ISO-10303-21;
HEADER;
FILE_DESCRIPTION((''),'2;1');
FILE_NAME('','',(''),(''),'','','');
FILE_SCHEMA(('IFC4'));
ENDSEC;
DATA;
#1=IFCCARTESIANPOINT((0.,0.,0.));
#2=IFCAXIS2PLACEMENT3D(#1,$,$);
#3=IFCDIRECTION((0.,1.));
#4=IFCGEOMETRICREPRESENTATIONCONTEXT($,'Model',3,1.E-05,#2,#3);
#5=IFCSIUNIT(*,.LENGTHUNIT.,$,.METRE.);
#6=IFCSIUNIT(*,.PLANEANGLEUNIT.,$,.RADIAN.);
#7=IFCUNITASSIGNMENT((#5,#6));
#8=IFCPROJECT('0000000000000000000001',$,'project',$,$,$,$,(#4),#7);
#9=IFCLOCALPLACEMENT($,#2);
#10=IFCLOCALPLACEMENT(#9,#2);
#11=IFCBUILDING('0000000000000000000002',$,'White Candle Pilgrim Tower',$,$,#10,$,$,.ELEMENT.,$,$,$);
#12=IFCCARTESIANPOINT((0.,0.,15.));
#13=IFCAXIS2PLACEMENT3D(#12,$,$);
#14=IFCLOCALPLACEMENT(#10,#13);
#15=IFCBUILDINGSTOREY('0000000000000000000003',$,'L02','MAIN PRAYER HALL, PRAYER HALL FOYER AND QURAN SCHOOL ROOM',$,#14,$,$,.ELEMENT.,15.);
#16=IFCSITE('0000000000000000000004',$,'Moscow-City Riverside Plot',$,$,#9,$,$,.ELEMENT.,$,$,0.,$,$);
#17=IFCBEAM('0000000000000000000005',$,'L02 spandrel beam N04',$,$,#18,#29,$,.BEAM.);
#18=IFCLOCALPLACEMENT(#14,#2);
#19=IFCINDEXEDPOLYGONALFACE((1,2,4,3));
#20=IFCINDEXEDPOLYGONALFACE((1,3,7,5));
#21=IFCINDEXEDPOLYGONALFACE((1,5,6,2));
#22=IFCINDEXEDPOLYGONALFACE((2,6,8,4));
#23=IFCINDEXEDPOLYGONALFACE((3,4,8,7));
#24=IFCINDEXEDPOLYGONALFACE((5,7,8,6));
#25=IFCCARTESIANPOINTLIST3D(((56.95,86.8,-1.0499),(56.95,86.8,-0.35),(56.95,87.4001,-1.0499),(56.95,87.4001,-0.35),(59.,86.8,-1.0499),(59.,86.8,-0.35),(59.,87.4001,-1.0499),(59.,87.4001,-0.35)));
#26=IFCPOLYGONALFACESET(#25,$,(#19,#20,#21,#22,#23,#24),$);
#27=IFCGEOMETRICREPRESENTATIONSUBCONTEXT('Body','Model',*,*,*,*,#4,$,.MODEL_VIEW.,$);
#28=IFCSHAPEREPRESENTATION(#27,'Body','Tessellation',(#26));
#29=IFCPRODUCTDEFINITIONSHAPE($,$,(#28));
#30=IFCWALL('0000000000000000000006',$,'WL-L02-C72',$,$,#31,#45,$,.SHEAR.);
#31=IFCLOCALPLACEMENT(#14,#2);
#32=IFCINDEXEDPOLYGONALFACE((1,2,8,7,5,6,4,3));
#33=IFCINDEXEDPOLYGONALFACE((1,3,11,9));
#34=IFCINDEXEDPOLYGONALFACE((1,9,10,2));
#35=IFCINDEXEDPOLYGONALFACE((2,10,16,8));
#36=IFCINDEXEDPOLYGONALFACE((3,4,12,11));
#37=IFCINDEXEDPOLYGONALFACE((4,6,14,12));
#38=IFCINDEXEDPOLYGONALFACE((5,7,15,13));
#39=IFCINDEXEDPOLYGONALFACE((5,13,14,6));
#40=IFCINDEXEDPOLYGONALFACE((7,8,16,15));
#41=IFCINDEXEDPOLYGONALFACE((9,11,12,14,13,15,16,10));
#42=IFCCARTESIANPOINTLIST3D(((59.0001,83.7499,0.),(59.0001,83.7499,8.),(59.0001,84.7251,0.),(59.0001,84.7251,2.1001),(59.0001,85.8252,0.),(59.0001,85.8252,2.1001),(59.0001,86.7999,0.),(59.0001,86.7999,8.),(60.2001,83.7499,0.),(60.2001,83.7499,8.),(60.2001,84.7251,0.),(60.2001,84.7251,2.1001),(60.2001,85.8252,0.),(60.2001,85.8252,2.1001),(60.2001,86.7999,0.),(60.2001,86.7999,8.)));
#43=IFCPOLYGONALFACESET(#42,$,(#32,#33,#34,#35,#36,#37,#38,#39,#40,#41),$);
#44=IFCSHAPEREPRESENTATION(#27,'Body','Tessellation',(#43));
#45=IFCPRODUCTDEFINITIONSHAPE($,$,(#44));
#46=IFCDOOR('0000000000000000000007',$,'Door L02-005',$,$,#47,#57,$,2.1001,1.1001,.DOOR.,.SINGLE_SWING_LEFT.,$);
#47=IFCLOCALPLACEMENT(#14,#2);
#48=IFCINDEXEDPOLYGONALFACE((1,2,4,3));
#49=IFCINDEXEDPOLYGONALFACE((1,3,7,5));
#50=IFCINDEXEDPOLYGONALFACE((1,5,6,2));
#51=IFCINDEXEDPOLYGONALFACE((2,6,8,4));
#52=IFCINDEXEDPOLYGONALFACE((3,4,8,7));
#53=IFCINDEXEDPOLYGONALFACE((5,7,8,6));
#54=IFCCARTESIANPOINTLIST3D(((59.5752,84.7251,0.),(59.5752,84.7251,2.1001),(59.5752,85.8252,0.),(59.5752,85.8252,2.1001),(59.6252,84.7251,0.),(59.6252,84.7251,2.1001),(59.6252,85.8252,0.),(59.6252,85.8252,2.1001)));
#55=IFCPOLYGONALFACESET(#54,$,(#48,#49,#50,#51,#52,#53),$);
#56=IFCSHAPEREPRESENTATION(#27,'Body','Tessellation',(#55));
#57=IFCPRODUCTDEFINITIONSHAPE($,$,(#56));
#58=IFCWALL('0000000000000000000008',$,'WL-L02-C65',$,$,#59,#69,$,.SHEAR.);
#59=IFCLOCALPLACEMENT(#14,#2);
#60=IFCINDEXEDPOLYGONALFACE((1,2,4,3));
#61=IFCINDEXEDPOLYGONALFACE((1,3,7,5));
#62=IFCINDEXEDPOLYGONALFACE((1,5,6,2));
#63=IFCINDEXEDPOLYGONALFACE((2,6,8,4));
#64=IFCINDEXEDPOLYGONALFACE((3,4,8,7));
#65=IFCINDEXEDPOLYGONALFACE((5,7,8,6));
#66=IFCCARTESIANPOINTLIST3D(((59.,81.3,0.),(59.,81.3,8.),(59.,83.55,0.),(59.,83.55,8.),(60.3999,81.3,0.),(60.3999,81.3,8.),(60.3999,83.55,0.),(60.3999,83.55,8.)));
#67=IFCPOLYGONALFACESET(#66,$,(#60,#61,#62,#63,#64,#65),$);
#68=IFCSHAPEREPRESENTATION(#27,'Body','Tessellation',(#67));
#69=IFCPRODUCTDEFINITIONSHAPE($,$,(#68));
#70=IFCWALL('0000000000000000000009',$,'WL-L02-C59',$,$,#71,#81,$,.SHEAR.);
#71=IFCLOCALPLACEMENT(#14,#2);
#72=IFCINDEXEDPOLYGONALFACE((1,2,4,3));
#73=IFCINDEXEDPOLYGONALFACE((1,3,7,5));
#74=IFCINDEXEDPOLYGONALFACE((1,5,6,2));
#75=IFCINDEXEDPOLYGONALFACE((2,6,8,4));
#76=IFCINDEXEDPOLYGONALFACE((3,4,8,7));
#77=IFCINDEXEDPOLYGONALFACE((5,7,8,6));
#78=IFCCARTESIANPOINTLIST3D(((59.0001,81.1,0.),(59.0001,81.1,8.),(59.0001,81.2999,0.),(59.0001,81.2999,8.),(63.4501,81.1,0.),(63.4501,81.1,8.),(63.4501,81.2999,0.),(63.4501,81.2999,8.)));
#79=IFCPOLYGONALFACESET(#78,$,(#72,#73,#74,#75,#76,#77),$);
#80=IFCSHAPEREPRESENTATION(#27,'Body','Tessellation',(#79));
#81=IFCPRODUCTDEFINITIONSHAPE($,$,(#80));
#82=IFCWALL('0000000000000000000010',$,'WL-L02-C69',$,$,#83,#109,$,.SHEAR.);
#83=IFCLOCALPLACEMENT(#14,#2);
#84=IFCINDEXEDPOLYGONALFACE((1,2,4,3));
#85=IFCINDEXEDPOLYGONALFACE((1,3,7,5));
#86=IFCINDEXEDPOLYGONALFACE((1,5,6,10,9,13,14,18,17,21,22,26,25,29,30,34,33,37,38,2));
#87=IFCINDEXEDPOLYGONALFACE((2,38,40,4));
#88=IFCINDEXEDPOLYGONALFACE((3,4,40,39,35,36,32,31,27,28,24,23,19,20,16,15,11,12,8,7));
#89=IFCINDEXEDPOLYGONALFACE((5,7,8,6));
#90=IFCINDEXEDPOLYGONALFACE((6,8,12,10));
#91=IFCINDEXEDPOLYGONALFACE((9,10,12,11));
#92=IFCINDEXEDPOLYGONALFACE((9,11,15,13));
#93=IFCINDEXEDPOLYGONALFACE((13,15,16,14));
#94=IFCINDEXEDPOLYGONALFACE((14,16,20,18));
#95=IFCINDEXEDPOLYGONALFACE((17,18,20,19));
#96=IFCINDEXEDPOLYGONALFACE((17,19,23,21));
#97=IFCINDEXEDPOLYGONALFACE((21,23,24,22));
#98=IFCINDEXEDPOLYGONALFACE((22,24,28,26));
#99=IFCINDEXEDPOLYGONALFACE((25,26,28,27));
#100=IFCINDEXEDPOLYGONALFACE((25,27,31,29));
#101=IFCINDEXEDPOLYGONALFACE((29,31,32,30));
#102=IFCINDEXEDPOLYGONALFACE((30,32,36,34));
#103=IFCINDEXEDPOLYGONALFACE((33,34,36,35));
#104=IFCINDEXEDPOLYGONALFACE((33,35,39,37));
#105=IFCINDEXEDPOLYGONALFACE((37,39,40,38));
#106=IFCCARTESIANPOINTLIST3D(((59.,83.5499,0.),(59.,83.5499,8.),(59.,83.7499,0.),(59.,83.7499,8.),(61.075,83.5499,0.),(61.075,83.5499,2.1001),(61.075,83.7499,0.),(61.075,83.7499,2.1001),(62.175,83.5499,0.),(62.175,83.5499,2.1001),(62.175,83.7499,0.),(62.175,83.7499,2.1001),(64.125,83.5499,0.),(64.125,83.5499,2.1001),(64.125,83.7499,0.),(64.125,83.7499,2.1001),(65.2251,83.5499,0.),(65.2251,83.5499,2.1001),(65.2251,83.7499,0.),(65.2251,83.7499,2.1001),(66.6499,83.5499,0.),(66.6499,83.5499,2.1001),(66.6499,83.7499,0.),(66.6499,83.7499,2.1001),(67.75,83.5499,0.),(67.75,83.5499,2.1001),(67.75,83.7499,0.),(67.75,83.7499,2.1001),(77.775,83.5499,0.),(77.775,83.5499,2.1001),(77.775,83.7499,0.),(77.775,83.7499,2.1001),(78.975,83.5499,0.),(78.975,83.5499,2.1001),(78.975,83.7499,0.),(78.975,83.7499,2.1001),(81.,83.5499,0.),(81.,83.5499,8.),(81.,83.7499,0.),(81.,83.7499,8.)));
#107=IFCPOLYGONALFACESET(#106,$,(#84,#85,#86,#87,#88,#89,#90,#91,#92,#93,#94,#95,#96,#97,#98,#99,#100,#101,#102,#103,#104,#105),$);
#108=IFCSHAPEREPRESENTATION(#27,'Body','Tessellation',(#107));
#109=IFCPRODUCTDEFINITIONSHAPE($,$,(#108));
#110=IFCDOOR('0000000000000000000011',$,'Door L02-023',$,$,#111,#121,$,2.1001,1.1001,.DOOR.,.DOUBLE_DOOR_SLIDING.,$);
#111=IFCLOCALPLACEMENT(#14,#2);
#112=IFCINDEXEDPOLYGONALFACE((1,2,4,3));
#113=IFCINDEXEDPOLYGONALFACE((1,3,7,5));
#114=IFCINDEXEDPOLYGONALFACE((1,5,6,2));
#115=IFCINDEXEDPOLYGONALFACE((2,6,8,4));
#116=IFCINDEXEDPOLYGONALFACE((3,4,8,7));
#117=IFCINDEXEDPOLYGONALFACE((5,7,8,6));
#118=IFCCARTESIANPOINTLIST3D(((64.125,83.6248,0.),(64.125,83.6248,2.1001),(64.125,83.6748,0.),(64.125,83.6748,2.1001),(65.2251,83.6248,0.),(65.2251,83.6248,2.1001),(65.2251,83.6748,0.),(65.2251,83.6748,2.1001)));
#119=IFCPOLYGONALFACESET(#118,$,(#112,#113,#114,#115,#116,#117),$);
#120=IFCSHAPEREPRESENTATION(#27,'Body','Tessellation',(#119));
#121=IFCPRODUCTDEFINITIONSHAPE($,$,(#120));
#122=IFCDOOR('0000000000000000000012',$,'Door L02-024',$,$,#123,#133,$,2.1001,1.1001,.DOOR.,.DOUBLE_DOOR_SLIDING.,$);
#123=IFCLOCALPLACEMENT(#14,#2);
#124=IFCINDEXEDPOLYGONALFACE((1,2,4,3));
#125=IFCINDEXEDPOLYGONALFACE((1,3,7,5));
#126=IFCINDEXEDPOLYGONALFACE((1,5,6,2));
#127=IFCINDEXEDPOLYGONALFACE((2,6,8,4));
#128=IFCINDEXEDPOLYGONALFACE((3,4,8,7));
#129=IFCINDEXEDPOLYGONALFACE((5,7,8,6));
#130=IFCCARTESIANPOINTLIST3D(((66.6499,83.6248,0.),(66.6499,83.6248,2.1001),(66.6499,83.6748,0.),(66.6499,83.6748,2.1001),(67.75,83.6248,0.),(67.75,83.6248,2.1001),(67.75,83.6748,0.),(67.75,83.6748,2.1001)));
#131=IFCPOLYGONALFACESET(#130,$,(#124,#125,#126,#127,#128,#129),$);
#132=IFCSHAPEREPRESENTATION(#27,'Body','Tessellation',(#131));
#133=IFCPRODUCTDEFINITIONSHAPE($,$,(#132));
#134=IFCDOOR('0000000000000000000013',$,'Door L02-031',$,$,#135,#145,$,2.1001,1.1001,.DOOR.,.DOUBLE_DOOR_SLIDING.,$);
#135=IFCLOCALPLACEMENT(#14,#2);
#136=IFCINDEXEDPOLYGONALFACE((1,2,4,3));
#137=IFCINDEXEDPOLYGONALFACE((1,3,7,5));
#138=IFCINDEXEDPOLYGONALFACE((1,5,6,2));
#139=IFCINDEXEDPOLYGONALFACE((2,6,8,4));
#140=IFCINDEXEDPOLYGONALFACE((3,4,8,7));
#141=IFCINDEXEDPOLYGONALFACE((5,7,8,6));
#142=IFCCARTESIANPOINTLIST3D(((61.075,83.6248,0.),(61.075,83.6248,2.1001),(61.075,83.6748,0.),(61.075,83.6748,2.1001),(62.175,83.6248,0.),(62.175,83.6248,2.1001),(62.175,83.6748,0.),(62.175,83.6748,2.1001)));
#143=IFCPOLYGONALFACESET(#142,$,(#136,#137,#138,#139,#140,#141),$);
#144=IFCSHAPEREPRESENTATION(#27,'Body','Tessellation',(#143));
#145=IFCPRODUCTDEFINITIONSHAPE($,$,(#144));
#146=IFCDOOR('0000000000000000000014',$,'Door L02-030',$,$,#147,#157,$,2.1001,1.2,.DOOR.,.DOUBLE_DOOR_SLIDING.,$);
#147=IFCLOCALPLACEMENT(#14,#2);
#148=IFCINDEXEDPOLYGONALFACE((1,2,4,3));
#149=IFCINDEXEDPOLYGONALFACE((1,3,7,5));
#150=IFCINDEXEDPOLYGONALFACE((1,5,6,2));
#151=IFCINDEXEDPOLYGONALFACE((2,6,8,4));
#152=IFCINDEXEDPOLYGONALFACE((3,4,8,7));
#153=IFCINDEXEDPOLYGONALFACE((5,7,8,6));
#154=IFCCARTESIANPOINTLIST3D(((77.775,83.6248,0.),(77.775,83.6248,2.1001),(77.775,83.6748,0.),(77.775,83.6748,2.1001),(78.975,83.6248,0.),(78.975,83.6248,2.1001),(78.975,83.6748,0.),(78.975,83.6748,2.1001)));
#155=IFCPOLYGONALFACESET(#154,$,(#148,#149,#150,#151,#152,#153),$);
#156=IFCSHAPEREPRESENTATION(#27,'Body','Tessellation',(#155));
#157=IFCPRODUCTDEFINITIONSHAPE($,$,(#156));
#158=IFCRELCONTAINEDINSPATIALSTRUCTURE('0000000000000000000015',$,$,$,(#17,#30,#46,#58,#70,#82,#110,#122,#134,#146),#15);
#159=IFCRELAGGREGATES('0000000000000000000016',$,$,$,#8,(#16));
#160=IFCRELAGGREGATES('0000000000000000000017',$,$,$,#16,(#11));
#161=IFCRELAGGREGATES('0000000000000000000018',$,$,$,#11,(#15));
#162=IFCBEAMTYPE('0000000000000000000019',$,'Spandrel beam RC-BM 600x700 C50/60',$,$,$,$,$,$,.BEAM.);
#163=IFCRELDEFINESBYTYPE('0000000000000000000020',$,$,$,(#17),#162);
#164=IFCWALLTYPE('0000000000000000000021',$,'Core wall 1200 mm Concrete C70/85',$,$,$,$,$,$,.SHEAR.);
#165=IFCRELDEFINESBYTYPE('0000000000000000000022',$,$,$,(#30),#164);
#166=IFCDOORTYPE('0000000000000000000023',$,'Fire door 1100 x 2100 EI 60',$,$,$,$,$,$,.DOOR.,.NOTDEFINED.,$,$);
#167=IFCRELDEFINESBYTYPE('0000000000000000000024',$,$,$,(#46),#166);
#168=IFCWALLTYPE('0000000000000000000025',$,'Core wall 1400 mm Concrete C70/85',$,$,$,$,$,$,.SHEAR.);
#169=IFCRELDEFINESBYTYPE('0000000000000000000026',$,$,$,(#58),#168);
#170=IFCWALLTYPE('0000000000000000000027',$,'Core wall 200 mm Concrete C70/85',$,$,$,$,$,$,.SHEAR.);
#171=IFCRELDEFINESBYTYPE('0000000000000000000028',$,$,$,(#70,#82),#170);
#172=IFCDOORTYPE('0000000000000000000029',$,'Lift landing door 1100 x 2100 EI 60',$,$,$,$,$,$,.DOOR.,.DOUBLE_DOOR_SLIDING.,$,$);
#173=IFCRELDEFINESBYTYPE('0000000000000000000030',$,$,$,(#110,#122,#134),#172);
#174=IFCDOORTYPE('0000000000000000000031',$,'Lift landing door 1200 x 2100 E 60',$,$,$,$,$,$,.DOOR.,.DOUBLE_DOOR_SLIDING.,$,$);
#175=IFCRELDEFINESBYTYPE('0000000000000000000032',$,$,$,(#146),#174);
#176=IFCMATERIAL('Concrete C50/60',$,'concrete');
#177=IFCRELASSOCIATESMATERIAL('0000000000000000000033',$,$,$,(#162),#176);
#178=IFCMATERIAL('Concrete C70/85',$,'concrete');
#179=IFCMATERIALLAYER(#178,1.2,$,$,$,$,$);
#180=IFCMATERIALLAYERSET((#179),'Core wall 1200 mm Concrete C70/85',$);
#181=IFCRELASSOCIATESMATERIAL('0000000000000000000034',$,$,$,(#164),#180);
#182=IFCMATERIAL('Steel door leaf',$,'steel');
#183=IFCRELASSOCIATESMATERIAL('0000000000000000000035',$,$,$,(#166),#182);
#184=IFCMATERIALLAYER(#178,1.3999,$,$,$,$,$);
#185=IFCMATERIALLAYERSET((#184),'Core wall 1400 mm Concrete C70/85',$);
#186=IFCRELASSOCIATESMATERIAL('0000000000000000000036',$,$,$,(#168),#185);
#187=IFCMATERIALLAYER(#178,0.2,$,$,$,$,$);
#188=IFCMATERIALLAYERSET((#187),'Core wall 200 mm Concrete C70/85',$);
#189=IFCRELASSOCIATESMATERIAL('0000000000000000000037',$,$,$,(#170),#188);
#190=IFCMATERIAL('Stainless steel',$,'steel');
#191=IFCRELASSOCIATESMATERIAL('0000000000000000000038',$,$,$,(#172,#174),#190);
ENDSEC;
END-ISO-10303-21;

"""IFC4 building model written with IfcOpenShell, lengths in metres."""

from ifc_helpers import new_model, si_unit, direction, frame, frame_2d, origin, origin_2d, place, context, subcontext, project, spatial, rectangle, extrude, material, layer, layer_set, material_profile, profile_set, type_object, element, fill, save


model = new_model("IFC4")

# Units and contexts
model_context = context("Model", 3, precision=1e-05, world=origin(), true_north=direction((0.0, 1.0)))
body_context = subcontext(model_context, "Body", "Model", "MODEL_VIEW")
ifc_project = project(units=[si_unit("LENGTHUNIT", "METRE"), si_unit("PLANEANGLEUNIT", "RADIAN")], contexts=[model_context])

# Site, building, storey
site_placement = place(None, origin())
site = spatial("IfcSite", under=ifc_project, at=site_placement, Name="Moscow-City Riverside Plot", CompositionType="ELEMENT", RefElevation=0.0)
building_placement = place(site_placement, origin())
building = spatial("IfcBuilding", under=site, at=building_placement, Name="White Candle Pilgrim Tower", CompositionType="ELEMENT")
storey_placement = place(building_placement, frame((0.0, 0.0, 15.0)))
storey = spatial("IfcBuildingStorey", under=building, at=storey_placement, Name="L02", Description="MAIN PRAYER HALL, PRAYER HALL FOYER AND QURAN SCHOOL ROOM", CompositionType="ELEMENT", Elevation=15.0)

# Beam
ifc_material_1 = material(Name="Concrete C50/60", Category="concrete")
ifc_material_profile = material_profile(ifc_material_1, rectangle(XDim=0.6001, YDim=0.7, at=origin_2d()), Name="RC-BM 600x700")
ifc_profile_set = profile_set([ifc_material_profile], Name="Concrete C50/60")
beam_type = type_object("IfcBeamType", Name="Spandrel beam RC-BM 600x700 C50/60", PredefinedType="BEAM", material=ifc_profile_set)
beam_placement = place(storey_placement, frame((56.95, 87.1001, -0.7), z_axis=(1.0, 0.0, 0.0), x_axis=(0.0, 1.0, 0.0)))
element("IfcBeam", 1, at=beam_placement, inside=storey, type_object=beam_type, Name="L02 spandrel beam N04", PredefinedType="BEAM", context=body_context, shape_type="SweptSolid", body=[
    extrude(rectangle(XDim=0.6001, YDim=0.7, at=origin_2d()), origin(), (0.0, 0.0, 1.0), 2.05),
])

# Wall, opening, door
ifc_material_2 = material(Name="Concrete C70/85", Category="concrete")
ifc_layer_1 = layer(ifc_material_2, 1.2)
ifc_layer_set_1 = layer_set([ifc_layer_1], Name="Core wall 1200 mm Concrete C70/85")
wall_type_1 = type_object("IfcWallType", Name="Core wall 1200 mm Concrete C70/85", PredefinedType="SHEAR", material=ifc_layer_set_1)
wall_1_placement = place(storey_placement, frame((59.6001, 83.75, 0.0), z_axis=(0.0, 0.0, 1.0), x_axis=(0.0, 1.0, 0.0)))
wall_1 = element("IfcWall", 2, at=wall_1_placement, inside=storey, type_object=wall_type_1, Name="WL-L02-C72", PredefinedType="SHEAR", context=body_context, shape_type="SweptSolid", body=[
    extrude(rectangle(XDim=3.05, YDim=1.2, at=frame_2d((1.5249, 0.0))), origin(), (0.0, 0.0, 1.0), 8.0),
])
opening_1_placement = place(wall_1_placement, frame((0.9751, 0.0, 0.0)))
opening_1 = element("IfcOpeningElement", 3, at=opening_1_placement, cuts=wall_1, PredefinedType="OPENING", context=body_context, shape_type="SweptSolid", body=[
    extrude(rectangle(XDim=1.1001, YDim=2.1001, at=frame_2d((0.55, 1.05))), frame((0.0, 0.6099, 0.0), z_axis=(0.0, -1.0, 0.0), x_axis=(1.0, 0.0, 0.0)), (0.0, 0.0, 1.0), 1.22),
])
ifc_material_3 = material(Name="Steel door leaf", Category="steel")
door_type_1 = type_object("IfcDoorType", Name="Fire door 1100 x 2100 EI 60", OperationType="NOTDEFINED", PredefinedType="DOOR", material=ifc_material_3)
door_1_placement = place(opening_1_placement, origin())
door_1 = element("IfcDoor", 4, at=door_1_placement, inside=storey, type_object=door_type_1, Name="Door L02-005", OperationType="SINGLE_SWING_LEFT", OverallHeight=2.1001, OverallWidth=1.1001, PredefinedType="DOOR", context=body_context, shape_type="SweptSolid", body=[
    extrude(rectangle(XDim=1.1001, YDim=2.1001, at=frame_2d((0.55, 1.05))), frame((0.0, 0.0249, 0.0), z_axis=(0.0, -1.0, 0.0), x_axis=(1.0, 0.0, 0.0)), (0.0, 0.0, 1.0), 0.05),
])
fill(opening_1, door_1)

# Walls
ifc_layer_2 = layer(ifc_material_2, 1.3999)
ifc_layer_set_2 = layer_set([ifc_layer_2], Name="Core wall 1400 mm Concrete C70/85")
wall_type_2 = type_object("IfcWallType", Name="Core wall 1400 mm Concrete C70/85", PredefinedType="SHEAR", material=ifc_layer_set_2)
wall_2_placement = place(storey_placement, frame((59.7, 81.3, 0.0), z_axis=(0.0, 0.0, 1.0), x_axis=(0.0, 1.0, 0.0)))
element("IfcWall", 5, at=wall_2_placement, inside=storey, type_object=wall_type_2, Name="WL-L02-C65", PredefinedType="SHEAR", context=body_context, shape_type="SweptSolid", body=[
    extrude(rectangle(XDim=2.25, YDim=1.3999, at=frame_2d((1.125, 0.0))), origin(), (0.0, 0.0, 1.0), 8.0),
])
ifc_layer_3 = layer(ifc_material_2, 0.2)
ifc_layer_set_3 = layer_set([ifc_layer_3], Name="Core wall 200 mm Concrete C70/85")
wall_type_3 = type_object("IfcWallType", Name="Core wall 200 mm Concrete C70/85", PredefinedType="SHEAR", material=ifc_layer_set_3)
wall_3_placement = place(storey_placement, frame((59.0, 81.2, 0.0), z_axis=(0.0, 0.0, 1.0), x_axis=(1.0, 0.0, 0.0)))
element("IfcWall", 6, at=wall_3_placement, inside=storey, type_object=wall_type_3, Name="WL-L02-C59", PredefinedType="SHEAR", context=body_context, shape_type="SweptSolid", body=[
    extrude(rectangle(XDim=4.45, YDim=0.2, at=frame_2d((2.2251, 0.0))), origin(), (0.0, 0.0, 1.0), 8.0),
])

# Wall, openings, doors
wall_4_placement = place(storey_placement, frame((59.0, 83.6499, 0.0), z_axis=(0.0, 0.0, 1.0), x_axis=(1.0, 0.0, 0.0)))
wall_4 = element("IfcWall", 7, at=wall_4_placement, inside=storey, type_object=wall_type_3, Name="WL-L02-C69", PredefinedType="SHEAR", context=body_context, shape_type="SweptSolid", body=[
    extrude(rectangle(XDim=22.0, YDim=0.2, at=frame_2d((11.0, 0.0))), origin(), (0.0, 0.0, 1.0), 8.0),
])
opening_2_placement = place(wall_4_placement, frame((5.125, 0.0, 0.0)))
opening_2 = element("IfcOpeningElement", 8, at=opening_2_placement, cuts=wall_4, PredefinedType="OPENING", context=body_context, shape_type="SweptSolid", body=[
    extrude(rectangle(XDim=1.1001, YDim=2.1001, at=frame_2d((0.55, 1.05))), frame((0.0, 0.1099, 0.0), z_axis=(0.0, -1.0, 0.0), x_axis=(1.0, 0.0, 0.0)), (0.0, 0.0, 1.0), 0.22),
])
opening_3_placement = place(wall_4_placement, frame((7.6499, 0.0, 0.0)))
opening_3 = element("IfcOpeningElement", 9, at=opening_3_placement, cuts=wall_4, PredefinedType="OPENING", context=body_context, shape_type="SweptSolid", body=[
    extrude(rectangle(XDim=1.1001, YDim=2.1001, at=frame_2d((0.55, 1.05))), frame((0.0, 0.1099, 0.0), z_axis=(0.0, -1.0, 0.0), x_axis=(1.0, 0.0, 0.0)), (0.0, 0.0, 1.0), 0.22),
])
opening_4_placement = place(wall_4_placement, frame((18.7749, 0.0, 0.0)))
opening_4 = element("IfcOpeningElement", 10, at=opening_4_placement, cuts=wall_4, PredefinedType="OPENING", context=body_context, shape_type="SweptSolid", body=[
    extrude(rectangle(XDim=1.2, YDim=2.1001, at=frame_2d((0.6001, 1.05))), frame((0.0, 0.1099, 0.0), z_axis=(0.0, -1.0, 0.0), x_axis=(1.0, 0.0, 0.0)), (0.0, 0.0, 1.0), 0.22),
])
opening_5_placement = place(wall_4_placement, frame((2.075, 0.0, 0.0)))
opening_5 = element("IfcOpeningElement", 11, at=opening_5_placement, cuts=wall_4, PredefinedType="OPENING", context=body_context, shape_type="SweptSolid", body=[
    extrude(rectangle(XDim=1.1001, YDim=2.1001, at=frame_2d((0.55, 1.05))), frame((0.0, 0.1099, 0.0), z_axis=(0.0, -1.0, 0.0), x_axis=(1.0, 0.0, 0.0)), (0.0, 0.0, 1.0), 0.22),
])
ifc_material_4 = material(Name="Stainless steel", Category="steel")
door_type_2 = type_object("IfcDoorType", Name="Lift landing door 1100 x 2100 EI 60", OperationType="DOUBLE_DOOR_SLIDING", PredefinedType="DOOR", material=ifc_material_4)
door_2_placement = place(opening_2_placement, origin())
door_2 = element("IfcDoor", 12, at=door_2_placement, inside=storey, type_object=door_type_2, Name="Door L02-023", OperationType="DOUBLE_DOOR_SLIDING", OverallHeight=2.1001, OverallWidth=1.1001, PredefinedType="DOOR", context=body_context, shape_type="SweptSolid", body=[
    extrude(rectangle(XDim=1.1001, YDim=2.1001, at=frame_2d((0.55, 1.05))), frame((0.0, 0.0249, 0.0), z_axis=(0.0, -1.0, 0.0), x_axis=(1.0, 0.0, 0.0)), (0.0, 0.0, 1.0), 0.05),
])
fill(opening_2, door_2)
door_3_placement = place(opening_3_placement, origin())
door_3 = element("IfcDoor", 13, at=door_3_placement, inside=storey, type_object=door_type_2, Name="Door L02-024", OperationType="DOUBLE_DOOR_SLIDING", OverallHeight=2.1001, OverallWidth=1.1001, PredefinedType="DOOR", context=body_context, shape_type="SweptSolid", body=[
    extrude(rectangle(XDim=1.1001, YDim=2.1001, at=frame_2d((0.55, 1.05))), frame((0.0, 0.0249, 0.0), z_axis=(0.0, -1.0, 0.0), x_axis=(1.0, 0.0, 0.0)), (0.0, 0.0, 1.0), 0.05),
])
fill(opening_3, door_3)
door_4_placement = place(opening_5_placement, origin())
door_4 = element("IfcDoor", 14, at=door_4_placement, inside=storey, type_object=door_type_2, Name="Door L02-031", OperationType="DOUBLE_DOOR_SLIDING", OverallHeight=2.1001, OverallWidth=1.1001, PredefinedType="DOOR", context=body_context, shape_type="SweptSolid", body=[
    extrude(rectangle(XDim=1.1001, YDim=2.1001, at=frame_2d((0.55, 1.05))), frame((0.0, 0.0249, 0.0), z_axis=(0.0, -1.0, 0.0), x_axis=(1.0, 0.0, 0.0)), (0.0, 0.0, 1.0), 0.05),
])
fill(opening_5, door_4)
door_type_3 = type_object("IfcDoorType", Name="Lift landing door 1200 x 2100 E 60", OperationType="DOUBLE_DOOR_SLIDING", PredefinedType="DOOR", material=ifc_material_4)
door_5_placement = place(opening_4_placement, origin())
door_5 = element("IfcDoor", 15, at=door_5_placement, inside=storey, type_object=door_type_3, Name="Door L02-030", OperationType="DOUBLE_DOOR_SLIDING", OverallHeight=2.1001, OverallWidth=1.2, PredefinedType="DOOR", context=body_context, shape_type="SweptSolid", body=[
    extrude(rectangle(XDim=1.2, YDim=2.1001, at=frame_2d((0.6001, 1.05))), frame((0.0, 0.0249, 0.0), z_axis=(0.0, -1.0, 0.0), x_axis=(1.0, 0.0, 0.0)), (0.0, 0.0, 1.0), 0.05),
])
fill(opening_4, door_5)

save(model, "model.ifc")
